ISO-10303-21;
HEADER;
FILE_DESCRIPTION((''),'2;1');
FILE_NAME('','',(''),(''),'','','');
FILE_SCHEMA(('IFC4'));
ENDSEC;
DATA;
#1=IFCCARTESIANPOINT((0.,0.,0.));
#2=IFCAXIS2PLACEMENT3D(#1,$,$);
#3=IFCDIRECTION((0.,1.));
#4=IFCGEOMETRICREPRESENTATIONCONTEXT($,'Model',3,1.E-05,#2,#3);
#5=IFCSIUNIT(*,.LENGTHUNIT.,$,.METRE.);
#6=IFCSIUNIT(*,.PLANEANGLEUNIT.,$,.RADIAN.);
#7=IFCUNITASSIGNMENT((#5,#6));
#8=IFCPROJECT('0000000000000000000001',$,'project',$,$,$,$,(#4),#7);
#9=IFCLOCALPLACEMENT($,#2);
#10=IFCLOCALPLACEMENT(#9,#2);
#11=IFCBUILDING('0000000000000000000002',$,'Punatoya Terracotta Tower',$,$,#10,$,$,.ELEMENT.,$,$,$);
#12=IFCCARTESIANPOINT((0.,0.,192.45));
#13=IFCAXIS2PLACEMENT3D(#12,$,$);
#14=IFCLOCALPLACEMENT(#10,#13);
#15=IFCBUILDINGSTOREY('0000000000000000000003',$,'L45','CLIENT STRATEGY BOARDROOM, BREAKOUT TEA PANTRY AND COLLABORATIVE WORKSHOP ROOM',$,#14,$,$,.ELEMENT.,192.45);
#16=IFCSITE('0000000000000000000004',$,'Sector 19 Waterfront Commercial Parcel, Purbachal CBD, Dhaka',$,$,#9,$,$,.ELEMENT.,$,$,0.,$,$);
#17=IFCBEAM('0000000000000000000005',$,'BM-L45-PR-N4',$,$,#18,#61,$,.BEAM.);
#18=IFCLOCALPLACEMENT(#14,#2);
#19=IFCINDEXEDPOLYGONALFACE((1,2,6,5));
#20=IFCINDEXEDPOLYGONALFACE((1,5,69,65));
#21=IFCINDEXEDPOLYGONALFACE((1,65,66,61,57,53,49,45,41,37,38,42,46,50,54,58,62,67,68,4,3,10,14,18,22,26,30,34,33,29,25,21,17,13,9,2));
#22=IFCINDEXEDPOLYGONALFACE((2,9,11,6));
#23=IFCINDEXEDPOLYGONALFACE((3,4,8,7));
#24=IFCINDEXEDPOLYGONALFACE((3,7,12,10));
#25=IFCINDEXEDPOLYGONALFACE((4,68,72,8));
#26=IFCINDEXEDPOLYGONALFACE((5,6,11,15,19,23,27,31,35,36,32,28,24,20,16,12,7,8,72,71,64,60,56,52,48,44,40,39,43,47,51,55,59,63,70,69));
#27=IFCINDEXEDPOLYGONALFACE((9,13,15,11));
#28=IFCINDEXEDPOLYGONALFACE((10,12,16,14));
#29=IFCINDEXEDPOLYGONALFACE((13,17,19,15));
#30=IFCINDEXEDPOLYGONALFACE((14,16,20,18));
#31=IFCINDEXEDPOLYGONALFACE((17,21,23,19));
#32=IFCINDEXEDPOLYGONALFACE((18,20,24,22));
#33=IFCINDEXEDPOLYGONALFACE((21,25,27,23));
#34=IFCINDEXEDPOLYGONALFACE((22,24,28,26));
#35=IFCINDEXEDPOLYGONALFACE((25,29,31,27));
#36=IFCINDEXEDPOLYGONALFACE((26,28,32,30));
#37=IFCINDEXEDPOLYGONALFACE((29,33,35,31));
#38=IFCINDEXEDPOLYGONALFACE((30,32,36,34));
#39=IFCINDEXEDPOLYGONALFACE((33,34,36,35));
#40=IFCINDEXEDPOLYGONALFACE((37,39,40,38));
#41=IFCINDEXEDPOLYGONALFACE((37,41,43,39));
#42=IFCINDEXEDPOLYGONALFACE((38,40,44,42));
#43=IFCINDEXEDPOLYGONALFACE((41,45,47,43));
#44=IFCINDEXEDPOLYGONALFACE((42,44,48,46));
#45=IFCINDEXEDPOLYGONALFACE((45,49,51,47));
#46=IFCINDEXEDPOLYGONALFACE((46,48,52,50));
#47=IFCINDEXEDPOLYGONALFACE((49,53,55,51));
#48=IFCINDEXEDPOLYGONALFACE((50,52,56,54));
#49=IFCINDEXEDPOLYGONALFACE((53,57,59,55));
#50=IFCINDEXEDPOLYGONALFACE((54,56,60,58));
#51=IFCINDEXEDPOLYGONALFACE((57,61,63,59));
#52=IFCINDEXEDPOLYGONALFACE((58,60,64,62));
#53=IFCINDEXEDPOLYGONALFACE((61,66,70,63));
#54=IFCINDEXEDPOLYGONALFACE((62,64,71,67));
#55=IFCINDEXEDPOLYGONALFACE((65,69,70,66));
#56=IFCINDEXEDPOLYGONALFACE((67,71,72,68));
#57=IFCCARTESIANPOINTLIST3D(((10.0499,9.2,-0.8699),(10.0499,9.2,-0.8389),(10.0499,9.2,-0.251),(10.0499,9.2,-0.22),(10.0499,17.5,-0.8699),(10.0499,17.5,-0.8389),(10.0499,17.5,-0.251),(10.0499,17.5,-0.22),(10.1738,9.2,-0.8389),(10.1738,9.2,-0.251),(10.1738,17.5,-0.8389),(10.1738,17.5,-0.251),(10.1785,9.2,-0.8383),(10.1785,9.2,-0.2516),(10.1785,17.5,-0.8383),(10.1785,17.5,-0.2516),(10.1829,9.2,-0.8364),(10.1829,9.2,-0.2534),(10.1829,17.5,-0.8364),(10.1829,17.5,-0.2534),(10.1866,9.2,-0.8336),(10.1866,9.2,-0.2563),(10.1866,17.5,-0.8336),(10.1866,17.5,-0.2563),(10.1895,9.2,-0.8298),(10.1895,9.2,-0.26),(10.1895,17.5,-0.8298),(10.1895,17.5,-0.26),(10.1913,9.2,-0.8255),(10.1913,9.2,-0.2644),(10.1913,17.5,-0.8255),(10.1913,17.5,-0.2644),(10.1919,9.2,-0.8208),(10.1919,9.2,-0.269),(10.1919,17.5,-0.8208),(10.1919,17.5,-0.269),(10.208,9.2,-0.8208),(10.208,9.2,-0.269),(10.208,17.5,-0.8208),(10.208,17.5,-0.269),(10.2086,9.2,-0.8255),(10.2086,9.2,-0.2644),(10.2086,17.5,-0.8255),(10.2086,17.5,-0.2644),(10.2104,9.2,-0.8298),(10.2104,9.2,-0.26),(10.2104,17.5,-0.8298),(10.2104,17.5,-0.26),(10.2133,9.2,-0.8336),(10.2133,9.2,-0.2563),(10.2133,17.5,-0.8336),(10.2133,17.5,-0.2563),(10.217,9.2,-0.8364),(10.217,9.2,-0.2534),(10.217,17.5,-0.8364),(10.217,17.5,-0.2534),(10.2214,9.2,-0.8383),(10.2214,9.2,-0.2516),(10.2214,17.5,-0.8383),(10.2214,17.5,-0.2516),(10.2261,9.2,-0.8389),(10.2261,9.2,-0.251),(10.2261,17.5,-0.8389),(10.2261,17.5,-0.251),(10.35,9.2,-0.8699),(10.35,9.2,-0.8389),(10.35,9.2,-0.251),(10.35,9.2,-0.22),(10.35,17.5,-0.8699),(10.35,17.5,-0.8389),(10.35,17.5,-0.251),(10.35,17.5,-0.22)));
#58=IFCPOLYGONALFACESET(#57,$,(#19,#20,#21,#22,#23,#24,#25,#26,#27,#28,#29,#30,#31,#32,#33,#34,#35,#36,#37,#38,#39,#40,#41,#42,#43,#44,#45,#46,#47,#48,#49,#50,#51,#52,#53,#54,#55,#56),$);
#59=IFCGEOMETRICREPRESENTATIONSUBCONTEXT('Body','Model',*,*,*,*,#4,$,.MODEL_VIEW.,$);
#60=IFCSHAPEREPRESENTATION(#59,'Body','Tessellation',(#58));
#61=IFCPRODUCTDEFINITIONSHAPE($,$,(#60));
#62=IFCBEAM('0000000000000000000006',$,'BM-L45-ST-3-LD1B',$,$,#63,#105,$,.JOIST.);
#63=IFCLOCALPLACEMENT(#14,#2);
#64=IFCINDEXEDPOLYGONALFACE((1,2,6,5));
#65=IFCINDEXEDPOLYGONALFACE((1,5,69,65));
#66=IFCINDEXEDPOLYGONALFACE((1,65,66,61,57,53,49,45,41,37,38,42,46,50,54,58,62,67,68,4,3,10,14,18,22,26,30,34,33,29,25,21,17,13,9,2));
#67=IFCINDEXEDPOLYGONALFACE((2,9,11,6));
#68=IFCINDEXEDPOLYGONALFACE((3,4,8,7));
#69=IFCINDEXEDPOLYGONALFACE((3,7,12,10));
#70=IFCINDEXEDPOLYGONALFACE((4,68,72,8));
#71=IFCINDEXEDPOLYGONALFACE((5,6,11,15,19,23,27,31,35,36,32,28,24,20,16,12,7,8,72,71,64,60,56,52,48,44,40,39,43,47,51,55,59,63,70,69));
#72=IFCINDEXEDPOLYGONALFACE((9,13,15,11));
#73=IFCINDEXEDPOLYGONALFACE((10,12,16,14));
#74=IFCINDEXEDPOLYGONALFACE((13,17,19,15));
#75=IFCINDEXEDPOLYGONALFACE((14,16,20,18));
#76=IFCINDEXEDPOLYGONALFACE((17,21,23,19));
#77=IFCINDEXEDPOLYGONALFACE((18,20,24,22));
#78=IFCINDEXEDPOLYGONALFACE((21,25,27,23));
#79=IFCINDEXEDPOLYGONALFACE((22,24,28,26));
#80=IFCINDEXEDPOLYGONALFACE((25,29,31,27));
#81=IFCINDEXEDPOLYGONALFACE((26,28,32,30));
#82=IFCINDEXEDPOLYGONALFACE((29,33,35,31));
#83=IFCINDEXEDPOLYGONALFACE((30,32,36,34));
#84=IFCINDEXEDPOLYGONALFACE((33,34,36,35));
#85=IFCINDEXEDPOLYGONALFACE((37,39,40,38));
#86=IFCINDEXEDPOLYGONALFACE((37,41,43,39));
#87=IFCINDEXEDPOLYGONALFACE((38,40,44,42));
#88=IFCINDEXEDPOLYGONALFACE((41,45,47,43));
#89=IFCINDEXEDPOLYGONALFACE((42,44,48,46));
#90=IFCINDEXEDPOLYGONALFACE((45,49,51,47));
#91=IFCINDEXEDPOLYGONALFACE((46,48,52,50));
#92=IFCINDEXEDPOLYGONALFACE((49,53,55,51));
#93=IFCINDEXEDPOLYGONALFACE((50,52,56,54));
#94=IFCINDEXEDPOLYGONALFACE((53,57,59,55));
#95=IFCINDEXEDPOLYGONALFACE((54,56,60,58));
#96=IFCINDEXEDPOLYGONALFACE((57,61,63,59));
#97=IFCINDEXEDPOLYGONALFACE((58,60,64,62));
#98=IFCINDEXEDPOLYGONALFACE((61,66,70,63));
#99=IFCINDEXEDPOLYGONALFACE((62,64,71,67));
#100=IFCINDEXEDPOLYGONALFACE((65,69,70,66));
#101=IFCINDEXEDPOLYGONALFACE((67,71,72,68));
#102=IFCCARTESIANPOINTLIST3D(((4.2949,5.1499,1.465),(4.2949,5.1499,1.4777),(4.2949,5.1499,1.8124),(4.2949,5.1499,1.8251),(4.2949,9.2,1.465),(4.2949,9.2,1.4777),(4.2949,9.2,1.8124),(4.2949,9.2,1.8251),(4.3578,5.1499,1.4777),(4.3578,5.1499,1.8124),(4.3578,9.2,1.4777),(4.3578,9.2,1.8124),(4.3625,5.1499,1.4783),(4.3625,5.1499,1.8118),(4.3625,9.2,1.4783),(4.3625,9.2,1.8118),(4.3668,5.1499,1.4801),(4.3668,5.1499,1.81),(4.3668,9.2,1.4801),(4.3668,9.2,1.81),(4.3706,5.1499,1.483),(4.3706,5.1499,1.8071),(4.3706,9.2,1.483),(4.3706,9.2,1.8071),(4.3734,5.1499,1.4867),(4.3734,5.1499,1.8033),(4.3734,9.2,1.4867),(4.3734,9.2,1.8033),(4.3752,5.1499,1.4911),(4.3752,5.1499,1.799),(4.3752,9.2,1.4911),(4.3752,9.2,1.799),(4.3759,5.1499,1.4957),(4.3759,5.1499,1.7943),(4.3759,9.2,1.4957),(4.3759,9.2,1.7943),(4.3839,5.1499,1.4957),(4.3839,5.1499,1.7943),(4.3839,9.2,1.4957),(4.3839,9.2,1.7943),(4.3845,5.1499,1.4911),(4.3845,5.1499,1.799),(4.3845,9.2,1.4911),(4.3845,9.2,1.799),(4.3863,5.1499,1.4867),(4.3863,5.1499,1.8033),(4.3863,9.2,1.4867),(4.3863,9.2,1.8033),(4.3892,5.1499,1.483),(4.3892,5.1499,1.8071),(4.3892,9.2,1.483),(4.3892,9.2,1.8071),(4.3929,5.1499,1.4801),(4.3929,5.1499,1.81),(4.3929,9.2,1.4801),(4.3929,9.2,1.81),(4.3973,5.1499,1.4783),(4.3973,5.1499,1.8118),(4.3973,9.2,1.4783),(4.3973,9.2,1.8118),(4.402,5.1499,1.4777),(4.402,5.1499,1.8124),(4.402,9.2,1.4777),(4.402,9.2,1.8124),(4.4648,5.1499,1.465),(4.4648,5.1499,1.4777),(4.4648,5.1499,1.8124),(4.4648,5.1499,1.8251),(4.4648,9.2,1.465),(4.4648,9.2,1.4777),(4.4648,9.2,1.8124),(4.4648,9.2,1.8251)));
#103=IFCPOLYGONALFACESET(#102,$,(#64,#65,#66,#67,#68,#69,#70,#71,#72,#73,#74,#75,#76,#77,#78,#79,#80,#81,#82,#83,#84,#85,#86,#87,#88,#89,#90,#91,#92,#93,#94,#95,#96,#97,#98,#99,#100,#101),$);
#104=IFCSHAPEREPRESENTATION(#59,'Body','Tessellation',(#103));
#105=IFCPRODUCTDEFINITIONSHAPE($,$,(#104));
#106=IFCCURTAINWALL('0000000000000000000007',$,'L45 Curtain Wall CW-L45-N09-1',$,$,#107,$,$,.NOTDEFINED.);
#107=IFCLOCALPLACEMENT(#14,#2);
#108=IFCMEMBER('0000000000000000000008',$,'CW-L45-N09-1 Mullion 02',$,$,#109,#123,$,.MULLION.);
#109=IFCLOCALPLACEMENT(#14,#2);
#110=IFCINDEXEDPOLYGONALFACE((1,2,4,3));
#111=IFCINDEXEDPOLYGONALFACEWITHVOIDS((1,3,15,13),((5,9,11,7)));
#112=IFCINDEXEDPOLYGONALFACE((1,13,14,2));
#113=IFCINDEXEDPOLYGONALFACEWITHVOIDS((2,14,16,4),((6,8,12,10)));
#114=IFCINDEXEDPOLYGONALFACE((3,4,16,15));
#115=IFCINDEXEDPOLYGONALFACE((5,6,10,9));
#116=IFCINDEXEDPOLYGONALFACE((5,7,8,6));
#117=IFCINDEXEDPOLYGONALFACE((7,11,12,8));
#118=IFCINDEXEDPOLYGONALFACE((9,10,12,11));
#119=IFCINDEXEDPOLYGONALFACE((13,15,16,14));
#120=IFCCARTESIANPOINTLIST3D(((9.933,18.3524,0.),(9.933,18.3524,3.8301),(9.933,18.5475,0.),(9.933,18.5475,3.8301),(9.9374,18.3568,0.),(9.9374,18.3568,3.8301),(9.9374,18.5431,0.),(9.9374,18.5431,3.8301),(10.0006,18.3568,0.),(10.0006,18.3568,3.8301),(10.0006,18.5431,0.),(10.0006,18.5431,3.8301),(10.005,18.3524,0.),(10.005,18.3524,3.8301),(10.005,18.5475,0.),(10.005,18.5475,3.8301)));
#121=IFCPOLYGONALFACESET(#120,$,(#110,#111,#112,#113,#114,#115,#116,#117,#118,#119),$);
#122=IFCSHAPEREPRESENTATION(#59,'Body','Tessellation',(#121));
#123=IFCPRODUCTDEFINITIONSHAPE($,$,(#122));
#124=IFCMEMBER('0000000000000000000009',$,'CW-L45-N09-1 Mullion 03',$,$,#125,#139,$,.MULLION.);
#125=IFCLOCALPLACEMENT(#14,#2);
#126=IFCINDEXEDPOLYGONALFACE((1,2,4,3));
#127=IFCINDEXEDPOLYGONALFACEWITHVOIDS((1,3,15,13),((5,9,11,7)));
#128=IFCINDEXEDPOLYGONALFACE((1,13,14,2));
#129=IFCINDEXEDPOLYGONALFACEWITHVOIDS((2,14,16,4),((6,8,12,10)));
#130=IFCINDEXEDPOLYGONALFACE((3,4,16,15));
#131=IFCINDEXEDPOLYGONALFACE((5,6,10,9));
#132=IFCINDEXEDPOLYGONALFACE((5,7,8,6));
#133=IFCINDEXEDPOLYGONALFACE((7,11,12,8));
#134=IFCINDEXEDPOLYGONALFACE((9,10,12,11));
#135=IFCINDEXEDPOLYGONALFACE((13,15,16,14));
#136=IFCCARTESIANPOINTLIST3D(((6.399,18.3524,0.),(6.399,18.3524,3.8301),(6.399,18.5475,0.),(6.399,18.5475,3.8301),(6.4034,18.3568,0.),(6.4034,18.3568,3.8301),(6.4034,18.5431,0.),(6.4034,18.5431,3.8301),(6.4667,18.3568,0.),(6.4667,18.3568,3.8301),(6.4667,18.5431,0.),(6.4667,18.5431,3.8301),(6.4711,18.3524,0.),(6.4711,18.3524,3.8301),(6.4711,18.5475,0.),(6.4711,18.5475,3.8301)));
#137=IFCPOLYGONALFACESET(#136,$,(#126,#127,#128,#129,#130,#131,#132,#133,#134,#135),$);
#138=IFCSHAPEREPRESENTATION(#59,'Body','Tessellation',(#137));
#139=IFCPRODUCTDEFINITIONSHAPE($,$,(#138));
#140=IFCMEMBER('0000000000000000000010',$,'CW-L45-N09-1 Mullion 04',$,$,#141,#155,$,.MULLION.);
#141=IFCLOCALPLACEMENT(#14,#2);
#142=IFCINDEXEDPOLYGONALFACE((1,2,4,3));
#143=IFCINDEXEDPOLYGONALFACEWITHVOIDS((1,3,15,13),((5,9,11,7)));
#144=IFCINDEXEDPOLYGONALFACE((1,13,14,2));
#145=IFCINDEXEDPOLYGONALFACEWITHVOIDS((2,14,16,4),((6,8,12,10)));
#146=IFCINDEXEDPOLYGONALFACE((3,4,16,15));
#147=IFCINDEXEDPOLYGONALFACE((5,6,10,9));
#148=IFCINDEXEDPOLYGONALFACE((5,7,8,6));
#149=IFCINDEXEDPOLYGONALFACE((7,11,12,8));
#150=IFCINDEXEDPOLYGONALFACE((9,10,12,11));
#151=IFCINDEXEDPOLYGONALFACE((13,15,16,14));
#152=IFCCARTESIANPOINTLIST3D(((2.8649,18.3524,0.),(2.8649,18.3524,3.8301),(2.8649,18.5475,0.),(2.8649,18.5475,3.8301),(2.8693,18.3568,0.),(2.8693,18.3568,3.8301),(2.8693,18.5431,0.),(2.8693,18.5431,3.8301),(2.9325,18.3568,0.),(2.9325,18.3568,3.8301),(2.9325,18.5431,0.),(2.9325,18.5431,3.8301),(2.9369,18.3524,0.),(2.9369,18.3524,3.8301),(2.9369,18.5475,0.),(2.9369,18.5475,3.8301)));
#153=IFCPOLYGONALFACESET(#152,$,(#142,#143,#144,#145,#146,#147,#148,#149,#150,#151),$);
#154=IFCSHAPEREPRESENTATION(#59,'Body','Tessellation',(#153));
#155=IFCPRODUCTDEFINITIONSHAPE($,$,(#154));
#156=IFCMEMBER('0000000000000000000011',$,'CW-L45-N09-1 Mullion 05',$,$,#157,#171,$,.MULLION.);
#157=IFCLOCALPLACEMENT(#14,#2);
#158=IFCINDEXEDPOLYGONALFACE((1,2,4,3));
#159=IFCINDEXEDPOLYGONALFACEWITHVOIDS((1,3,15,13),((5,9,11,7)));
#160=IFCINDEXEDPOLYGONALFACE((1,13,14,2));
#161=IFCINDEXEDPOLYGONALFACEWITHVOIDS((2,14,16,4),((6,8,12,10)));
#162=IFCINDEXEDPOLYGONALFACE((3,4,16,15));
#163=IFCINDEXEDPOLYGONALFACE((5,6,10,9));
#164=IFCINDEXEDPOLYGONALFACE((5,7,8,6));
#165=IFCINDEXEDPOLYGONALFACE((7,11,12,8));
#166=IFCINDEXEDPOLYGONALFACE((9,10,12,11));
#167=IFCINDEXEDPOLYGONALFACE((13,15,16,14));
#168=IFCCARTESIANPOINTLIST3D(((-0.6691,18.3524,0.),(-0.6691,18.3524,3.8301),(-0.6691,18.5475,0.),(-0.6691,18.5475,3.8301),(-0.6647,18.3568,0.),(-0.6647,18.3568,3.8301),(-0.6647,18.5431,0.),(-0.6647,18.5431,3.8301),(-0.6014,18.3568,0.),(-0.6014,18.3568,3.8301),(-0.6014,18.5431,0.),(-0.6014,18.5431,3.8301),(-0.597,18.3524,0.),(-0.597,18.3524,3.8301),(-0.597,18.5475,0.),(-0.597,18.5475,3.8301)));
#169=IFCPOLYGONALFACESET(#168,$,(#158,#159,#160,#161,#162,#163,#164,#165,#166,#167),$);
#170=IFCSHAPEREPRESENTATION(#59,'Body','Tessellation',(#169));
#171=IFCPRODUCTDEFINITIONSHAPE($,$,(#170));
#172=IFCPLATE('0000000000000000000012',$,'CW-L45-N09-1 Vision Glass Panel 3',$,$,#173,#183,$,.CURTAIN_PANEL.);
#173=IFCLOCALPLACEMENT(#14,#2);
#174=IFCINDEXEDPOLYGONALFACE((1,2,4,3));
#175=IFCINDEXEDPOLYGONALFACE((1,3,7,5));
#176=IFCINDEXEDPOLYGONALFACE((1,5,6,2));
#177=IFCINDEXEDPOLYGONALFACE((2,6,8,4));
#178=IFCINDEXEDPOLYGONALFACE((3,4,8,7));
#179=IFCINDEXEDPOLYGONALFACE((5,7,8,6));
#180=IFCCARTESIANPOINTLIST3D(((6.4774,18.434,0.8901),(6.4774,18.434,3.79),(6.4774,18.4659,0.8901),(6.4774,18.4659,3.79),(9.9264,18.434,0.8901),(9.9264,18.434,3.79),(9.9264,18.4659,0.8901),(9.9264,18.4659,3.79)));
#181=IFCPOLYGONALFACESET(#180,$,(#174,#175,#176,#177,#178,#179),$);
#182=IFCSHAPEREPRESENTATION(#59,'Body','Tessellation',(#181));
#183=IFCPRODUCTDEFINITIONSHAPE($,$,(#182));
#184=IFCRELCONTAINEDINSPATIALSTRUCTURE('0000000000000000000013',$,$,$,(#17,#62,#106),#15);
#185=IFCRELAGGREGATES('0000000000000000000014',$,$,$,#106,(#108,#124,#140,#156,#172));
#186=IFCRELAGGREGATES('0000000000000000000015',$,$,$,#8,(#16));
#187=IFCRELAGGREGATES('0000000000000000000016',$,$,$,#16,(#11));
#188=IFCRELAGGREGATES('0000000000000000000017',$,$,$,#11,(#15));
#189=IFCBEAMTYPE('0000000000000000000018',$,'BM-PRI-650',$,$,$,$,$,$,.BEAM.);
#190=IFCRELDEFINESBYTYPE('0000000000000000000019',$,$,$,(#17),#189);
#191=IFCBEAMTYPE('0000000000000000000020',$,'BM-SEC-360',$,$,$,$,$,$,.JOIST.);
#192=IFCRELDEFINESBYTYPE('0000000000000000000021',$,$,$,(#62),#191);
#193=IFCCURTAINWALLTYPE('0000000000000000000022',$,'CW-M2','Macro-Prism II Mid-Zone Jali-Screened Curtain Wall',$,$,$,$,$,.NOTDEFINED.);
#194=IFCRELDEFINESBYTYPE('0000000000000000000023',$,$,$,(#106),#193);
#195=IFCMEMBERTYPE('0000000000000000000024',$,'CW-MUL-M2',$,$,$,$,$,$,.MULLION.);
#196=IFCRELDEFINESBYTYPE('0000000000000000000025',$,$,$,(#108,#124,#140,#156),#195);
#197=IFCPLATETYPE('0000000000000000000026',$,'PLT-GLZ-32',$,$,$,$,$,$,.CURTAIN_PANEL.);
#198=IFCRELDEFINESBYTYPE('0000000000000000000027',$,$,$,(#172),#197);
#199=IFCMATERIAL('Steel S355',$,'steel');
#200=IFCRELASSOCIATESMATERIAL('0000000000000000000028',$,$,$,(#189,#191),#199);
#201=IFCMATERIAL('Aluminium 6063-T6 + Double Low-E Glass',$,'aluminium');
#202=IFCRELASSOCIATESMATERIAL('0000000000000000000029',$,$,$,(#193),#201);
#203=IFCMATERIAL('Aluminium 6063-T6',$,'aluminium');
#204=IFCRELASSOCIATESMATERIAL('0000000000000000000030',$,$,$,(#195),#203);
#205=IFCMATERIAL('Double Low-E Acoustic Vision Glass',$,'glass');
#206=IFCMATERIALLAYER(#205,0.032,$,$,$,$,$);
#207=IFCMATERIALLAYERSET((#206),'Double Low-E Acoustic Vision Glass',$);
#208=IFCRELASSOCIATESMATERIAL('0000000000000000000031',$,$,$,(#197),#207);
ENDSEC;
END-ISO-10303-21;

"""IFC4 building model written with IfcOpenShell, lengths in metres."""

from ifc_helpers import new_model, si_unit, direction, frame, origin, origin_2d, place, context, subcontext, project, spatial, rectangle, hollow_rectangle, i_section, extrude, material, layer, layer_set, material_profile, profile_set, type_object, element, aggregate, save


model = new_model("IFC4")

# Units and contexts
model_context = context("Model", 3, precision=1e-05, world=origin(), true_north=direction((0.0, 1.0)))
body_context = subcontext(model_context, "Body", "Model", "MODEL_VIEW")
ifc_project = project(units=[si_unit("LENGTHUNIT", "METRE"), si_unit("PLANEANGLEUNIT", "RADIAN")], contexts=[model_context])

# Site, building, storey
site_placement = place(None, origin())
site = spatial("IfcSite", under=ifc_project, at=site_placement, Name="Sector 19 Waterfront Commercial Parcel, Purbachal CBD, Dhaka", CompositionType="ELEMENT", RefElevation=0.0)
building_placement = place(site_placement, origin())
building = spatial("IfcBuilding", under=site, at=building_placement, Name="Punatoya Terracotta Tower", CompositionType="ELEMENT")
storey_placement = place(building_placement, frame((0.0, 0.0, 192.45)))
storey = spatial("IfcBuildingStorey", under=building, at=storey_placement, Name="L45", Description="CLIENT STRATEGY BOARDROOM, BREAKOUT TEA PANTRY AND COLLABORATIVE WORKSHOP ROOM", CompositionType="ELEMENT", Elevation=192.45)

# Beams
ifc_material_1 = material(Name="Steel S355", Category="steel")
ifc_material_profile_1 = material_profile(ifc_material_1, i_section(OverallWidth=0.3, OverallDepth=0.6499, WebThickness=0.0161, FlangeThickness=0.031, FilletRadius=0.0181, at=origin_2d()))
ifc_profile_set_1 = profile_set([ifc_material_profile_1], Name="Steel S355")
beam_type_1 = type_object("IfcBeamType", Name="BM-PRI-650", PredefinedType="BEAM", material=ifc_profile_set_1)
for number, where, z_axis, x_axis, name in (
    (1, (10.2, 9.2, -0.5449), (0.0, 1.0, 0.0), (-1.0, 0.0, 0.0), "BM-L45-PR-N4"),
):
    element("IfcBeam", number, at=place(storey_placement, frame(where, z_axis=z_axis, x_axis=x_axis)), inside=storey, type_object=beam_type_1, Name=name, PredefinedType="BEAM", context=body_context, shape_type="SweptSolid", body=[
        extrude(i_section(OverallWidth=0.3, OverallDepth=0.6499, WebThickness=0.0161, FlangeThickness=0.031, FilletRadius=0.0181, at=origin_2d()), origin(), (0.0, 0.0, 1.0), 8.3),
    ])
ifc_material_profile_2 = material_profile(ifc_material_1, i_section(OverallWidth=0.1699, OverallDepth=0.3601, WebThickness=0.0081, FlangeThickness=0.0127, FilletRadius=0.0181, at=origin_2d()))
ifc_profile_set_2 = profile_set([ifc_material_profile_2], Name="Steel S355")
beam_type_2 = type_object("IfcBeamType", Name="BM-SEC-360", PredefinedType="JOIST", material=ifc_profile_set_2)
beam_1_placement = place(storey_placement, frame((4.3799, 5.1499, 1.645), z_axis=(0.0, 1.0, 0.0), x_axis=(-1.0, 0.0, 0.0)))
element("IfcBeam", 2, at=beam_1_placement, inside=storey, type_object=beam_type_2, Name="BM-L45-ST-3-LD1B", PredefinedType="JOIST", context=body_context, shape_type="SweptSolid", body=[
    extrude(i_section(OverallWidth=0.1699, OverallDepth=0.3601, WebThickness=0.0081, FlangeThickness=0.0127, FilletRadius=0.0181, at=origin_2d()), origin(), (0.0, 0.0, 1.0), 4.05),
])

# Curtain wall, members, plate
ifc_material_2 = material(Name="Aluminium 6063-T6 + Double Low-E Glass", Category="aluminium")
curtain_wall_type = type_object("IfcCurtainWallType", Name="CW-M2", Description="Macro-Prism II Mid-Zone Jali-Screened Curtain Wall", PredefinedType="NOTDEFINED", material=ifc_material_2)
curtain_wall_placement = place(storey_placement, origin())
curtain_wall = element("IfcCurtainWall", 3, at=curtain_wall_placement, inside=storey, type_object=curtain_wall_type, Name="L45 Curtain Wall CW-L45-N09-1", PredefinedType="NOTDEFINED")
ifc_material_3 = material(Name="Aluminium 6063-T6", Category="aluminium")
ifc_material_profile_3 = material_profile(ifc_material_3, hollow_rectangle(XDim=0.072, YDim=0.1951, WallThickness=0.0044, at=origin_2d()))
ifc_profile_set_3 = profile_set([ifc_material_profile_3], Name="Aluminium 6063-T6")
member_type = type_object("IfcMemberType", Name="CW-MUL-M2", PredefinedType="MULLION", material=ifc_profile_set_3)
member_1_placement = place(storey_placement, frame((9.969, 18.45, 0.0), z_axis=(0.0, 0.0, 1.0), x_axis=(1.0, 0.0, 0.0)))
member_1 = element("IfcMember", 4, at=member_1_placement, type_object=member_type, Name="CW-L45-N09-1 Mullion 02", PredefinedType="MULLION", context=body_context, shape_type="SweptSolid", body=[
    extrude(hollow_rectangle(XDim=0.072, YDim=0.1951, WallThickness=0.0044, at=origin_2d()), origin(), (0.0, 0.0, 1.0), 3.8301),
])
member_2_placement = place(storey_placement, frame((6.4351, 18.45, 0.0), z_axis=(0.0, 0.0, 1.0), x_axis=(1.0, 0.0, 0.0)))
member_2 = element("IfcMember", 5, at=member_2_placement, type_object=member_type, Name="CW-L45-N09-1 Mullion 03", PredefinedType="MULLION", context=body_context, shape_type="SweptSolid", body=[
    extrude(hollow_rectangle(XDim=0.072, YDim=0.1951, WallThickness=0.0044, at=origin_2d()), origin(), (0.0, 0.0, 1.0), 3.8301),
])
member_3_placement = place(storey_placement, frame((2.9009, 18.45, 0.0), z_axis=(0.0, 0.0, 1.0), x_axis=(1.0, 0.0, 0.0)))
member_3 = element("IfcMember", 6, at=member_3_placement, type_object=member_type, Name="CW-L45-N09-1 Mullion 04", PredefinedType="MULLION", context=body_context, shape_type="SweptSolid", body=[
    extrude(hollow_rectangle(XDim=0.072, YDim=0.1951, WallThickness=0.0044, at=origin_2d()), origin(), (0.0, 0.0, 1.0), 3.8301),
])
member_4_placement = place(storey_placement, frame((-0.6331, 18.45, 0.0), z_axis=(0.0, 0.0, 1.0), x_axis=(1.0, 0.0, 0.0)))
member_4 = element("IfcMember", 7, at=member_4_placement, type_object=member_type, Name="CW-L45-N09-1 Mullion 05", PredefinedType="MULLION", context=body_context, shape_type="SweptSolid", body=[
    extrude(hollow_rectangle(XDim=0.072, YDim=0.1951, WallThickness=0.0044, at=origin_2d()), origin(), (0.0, 0.0, 1.0), 3.8301),
])
ifc_material_4 = material(Name="Double Low-E Acoustic Vision Glass", Category="glass")
ifc_layer_1 = layer(ifc_material_4, 0.032)
ifc_layer_set_1 = layer_set([ifc_layer_1], Name="Double Low-E Acoustic Vision Glass")
plate_type_1 = type_object("IfcPlateType", Name="PLT-GLZ-32", PredefinedType="CURTAIN_PANEL", material=ifc_layer_set_1)
plate_1_placement = place(storey_placement, frame((8.2019, 18.45, 0.8901), z_axis=(0.0, 0.0, 1.0), x_axis=(-1.0, 0.0, 0.0)))
plate_1 = element("IfcPlate", 8, at=plate_1_placement, type_object=plate_type_1, Name="CW-L45-N09-1 Vision Glass Panel 3", PredefinedType="CURTAIN_PANEL", context=body_context, shape_type="SweptSolid", body=[
    extrude(rectangle(XDim=3.449, YDim=0.032, at=origin_2d()), origin(), (0.0, 0.0, 1.0), 2.8999),
])
aggregate(curtain_wall, [member_1, member_2, member_3, member_4, plate_1])

save(model, "model.ifc")
